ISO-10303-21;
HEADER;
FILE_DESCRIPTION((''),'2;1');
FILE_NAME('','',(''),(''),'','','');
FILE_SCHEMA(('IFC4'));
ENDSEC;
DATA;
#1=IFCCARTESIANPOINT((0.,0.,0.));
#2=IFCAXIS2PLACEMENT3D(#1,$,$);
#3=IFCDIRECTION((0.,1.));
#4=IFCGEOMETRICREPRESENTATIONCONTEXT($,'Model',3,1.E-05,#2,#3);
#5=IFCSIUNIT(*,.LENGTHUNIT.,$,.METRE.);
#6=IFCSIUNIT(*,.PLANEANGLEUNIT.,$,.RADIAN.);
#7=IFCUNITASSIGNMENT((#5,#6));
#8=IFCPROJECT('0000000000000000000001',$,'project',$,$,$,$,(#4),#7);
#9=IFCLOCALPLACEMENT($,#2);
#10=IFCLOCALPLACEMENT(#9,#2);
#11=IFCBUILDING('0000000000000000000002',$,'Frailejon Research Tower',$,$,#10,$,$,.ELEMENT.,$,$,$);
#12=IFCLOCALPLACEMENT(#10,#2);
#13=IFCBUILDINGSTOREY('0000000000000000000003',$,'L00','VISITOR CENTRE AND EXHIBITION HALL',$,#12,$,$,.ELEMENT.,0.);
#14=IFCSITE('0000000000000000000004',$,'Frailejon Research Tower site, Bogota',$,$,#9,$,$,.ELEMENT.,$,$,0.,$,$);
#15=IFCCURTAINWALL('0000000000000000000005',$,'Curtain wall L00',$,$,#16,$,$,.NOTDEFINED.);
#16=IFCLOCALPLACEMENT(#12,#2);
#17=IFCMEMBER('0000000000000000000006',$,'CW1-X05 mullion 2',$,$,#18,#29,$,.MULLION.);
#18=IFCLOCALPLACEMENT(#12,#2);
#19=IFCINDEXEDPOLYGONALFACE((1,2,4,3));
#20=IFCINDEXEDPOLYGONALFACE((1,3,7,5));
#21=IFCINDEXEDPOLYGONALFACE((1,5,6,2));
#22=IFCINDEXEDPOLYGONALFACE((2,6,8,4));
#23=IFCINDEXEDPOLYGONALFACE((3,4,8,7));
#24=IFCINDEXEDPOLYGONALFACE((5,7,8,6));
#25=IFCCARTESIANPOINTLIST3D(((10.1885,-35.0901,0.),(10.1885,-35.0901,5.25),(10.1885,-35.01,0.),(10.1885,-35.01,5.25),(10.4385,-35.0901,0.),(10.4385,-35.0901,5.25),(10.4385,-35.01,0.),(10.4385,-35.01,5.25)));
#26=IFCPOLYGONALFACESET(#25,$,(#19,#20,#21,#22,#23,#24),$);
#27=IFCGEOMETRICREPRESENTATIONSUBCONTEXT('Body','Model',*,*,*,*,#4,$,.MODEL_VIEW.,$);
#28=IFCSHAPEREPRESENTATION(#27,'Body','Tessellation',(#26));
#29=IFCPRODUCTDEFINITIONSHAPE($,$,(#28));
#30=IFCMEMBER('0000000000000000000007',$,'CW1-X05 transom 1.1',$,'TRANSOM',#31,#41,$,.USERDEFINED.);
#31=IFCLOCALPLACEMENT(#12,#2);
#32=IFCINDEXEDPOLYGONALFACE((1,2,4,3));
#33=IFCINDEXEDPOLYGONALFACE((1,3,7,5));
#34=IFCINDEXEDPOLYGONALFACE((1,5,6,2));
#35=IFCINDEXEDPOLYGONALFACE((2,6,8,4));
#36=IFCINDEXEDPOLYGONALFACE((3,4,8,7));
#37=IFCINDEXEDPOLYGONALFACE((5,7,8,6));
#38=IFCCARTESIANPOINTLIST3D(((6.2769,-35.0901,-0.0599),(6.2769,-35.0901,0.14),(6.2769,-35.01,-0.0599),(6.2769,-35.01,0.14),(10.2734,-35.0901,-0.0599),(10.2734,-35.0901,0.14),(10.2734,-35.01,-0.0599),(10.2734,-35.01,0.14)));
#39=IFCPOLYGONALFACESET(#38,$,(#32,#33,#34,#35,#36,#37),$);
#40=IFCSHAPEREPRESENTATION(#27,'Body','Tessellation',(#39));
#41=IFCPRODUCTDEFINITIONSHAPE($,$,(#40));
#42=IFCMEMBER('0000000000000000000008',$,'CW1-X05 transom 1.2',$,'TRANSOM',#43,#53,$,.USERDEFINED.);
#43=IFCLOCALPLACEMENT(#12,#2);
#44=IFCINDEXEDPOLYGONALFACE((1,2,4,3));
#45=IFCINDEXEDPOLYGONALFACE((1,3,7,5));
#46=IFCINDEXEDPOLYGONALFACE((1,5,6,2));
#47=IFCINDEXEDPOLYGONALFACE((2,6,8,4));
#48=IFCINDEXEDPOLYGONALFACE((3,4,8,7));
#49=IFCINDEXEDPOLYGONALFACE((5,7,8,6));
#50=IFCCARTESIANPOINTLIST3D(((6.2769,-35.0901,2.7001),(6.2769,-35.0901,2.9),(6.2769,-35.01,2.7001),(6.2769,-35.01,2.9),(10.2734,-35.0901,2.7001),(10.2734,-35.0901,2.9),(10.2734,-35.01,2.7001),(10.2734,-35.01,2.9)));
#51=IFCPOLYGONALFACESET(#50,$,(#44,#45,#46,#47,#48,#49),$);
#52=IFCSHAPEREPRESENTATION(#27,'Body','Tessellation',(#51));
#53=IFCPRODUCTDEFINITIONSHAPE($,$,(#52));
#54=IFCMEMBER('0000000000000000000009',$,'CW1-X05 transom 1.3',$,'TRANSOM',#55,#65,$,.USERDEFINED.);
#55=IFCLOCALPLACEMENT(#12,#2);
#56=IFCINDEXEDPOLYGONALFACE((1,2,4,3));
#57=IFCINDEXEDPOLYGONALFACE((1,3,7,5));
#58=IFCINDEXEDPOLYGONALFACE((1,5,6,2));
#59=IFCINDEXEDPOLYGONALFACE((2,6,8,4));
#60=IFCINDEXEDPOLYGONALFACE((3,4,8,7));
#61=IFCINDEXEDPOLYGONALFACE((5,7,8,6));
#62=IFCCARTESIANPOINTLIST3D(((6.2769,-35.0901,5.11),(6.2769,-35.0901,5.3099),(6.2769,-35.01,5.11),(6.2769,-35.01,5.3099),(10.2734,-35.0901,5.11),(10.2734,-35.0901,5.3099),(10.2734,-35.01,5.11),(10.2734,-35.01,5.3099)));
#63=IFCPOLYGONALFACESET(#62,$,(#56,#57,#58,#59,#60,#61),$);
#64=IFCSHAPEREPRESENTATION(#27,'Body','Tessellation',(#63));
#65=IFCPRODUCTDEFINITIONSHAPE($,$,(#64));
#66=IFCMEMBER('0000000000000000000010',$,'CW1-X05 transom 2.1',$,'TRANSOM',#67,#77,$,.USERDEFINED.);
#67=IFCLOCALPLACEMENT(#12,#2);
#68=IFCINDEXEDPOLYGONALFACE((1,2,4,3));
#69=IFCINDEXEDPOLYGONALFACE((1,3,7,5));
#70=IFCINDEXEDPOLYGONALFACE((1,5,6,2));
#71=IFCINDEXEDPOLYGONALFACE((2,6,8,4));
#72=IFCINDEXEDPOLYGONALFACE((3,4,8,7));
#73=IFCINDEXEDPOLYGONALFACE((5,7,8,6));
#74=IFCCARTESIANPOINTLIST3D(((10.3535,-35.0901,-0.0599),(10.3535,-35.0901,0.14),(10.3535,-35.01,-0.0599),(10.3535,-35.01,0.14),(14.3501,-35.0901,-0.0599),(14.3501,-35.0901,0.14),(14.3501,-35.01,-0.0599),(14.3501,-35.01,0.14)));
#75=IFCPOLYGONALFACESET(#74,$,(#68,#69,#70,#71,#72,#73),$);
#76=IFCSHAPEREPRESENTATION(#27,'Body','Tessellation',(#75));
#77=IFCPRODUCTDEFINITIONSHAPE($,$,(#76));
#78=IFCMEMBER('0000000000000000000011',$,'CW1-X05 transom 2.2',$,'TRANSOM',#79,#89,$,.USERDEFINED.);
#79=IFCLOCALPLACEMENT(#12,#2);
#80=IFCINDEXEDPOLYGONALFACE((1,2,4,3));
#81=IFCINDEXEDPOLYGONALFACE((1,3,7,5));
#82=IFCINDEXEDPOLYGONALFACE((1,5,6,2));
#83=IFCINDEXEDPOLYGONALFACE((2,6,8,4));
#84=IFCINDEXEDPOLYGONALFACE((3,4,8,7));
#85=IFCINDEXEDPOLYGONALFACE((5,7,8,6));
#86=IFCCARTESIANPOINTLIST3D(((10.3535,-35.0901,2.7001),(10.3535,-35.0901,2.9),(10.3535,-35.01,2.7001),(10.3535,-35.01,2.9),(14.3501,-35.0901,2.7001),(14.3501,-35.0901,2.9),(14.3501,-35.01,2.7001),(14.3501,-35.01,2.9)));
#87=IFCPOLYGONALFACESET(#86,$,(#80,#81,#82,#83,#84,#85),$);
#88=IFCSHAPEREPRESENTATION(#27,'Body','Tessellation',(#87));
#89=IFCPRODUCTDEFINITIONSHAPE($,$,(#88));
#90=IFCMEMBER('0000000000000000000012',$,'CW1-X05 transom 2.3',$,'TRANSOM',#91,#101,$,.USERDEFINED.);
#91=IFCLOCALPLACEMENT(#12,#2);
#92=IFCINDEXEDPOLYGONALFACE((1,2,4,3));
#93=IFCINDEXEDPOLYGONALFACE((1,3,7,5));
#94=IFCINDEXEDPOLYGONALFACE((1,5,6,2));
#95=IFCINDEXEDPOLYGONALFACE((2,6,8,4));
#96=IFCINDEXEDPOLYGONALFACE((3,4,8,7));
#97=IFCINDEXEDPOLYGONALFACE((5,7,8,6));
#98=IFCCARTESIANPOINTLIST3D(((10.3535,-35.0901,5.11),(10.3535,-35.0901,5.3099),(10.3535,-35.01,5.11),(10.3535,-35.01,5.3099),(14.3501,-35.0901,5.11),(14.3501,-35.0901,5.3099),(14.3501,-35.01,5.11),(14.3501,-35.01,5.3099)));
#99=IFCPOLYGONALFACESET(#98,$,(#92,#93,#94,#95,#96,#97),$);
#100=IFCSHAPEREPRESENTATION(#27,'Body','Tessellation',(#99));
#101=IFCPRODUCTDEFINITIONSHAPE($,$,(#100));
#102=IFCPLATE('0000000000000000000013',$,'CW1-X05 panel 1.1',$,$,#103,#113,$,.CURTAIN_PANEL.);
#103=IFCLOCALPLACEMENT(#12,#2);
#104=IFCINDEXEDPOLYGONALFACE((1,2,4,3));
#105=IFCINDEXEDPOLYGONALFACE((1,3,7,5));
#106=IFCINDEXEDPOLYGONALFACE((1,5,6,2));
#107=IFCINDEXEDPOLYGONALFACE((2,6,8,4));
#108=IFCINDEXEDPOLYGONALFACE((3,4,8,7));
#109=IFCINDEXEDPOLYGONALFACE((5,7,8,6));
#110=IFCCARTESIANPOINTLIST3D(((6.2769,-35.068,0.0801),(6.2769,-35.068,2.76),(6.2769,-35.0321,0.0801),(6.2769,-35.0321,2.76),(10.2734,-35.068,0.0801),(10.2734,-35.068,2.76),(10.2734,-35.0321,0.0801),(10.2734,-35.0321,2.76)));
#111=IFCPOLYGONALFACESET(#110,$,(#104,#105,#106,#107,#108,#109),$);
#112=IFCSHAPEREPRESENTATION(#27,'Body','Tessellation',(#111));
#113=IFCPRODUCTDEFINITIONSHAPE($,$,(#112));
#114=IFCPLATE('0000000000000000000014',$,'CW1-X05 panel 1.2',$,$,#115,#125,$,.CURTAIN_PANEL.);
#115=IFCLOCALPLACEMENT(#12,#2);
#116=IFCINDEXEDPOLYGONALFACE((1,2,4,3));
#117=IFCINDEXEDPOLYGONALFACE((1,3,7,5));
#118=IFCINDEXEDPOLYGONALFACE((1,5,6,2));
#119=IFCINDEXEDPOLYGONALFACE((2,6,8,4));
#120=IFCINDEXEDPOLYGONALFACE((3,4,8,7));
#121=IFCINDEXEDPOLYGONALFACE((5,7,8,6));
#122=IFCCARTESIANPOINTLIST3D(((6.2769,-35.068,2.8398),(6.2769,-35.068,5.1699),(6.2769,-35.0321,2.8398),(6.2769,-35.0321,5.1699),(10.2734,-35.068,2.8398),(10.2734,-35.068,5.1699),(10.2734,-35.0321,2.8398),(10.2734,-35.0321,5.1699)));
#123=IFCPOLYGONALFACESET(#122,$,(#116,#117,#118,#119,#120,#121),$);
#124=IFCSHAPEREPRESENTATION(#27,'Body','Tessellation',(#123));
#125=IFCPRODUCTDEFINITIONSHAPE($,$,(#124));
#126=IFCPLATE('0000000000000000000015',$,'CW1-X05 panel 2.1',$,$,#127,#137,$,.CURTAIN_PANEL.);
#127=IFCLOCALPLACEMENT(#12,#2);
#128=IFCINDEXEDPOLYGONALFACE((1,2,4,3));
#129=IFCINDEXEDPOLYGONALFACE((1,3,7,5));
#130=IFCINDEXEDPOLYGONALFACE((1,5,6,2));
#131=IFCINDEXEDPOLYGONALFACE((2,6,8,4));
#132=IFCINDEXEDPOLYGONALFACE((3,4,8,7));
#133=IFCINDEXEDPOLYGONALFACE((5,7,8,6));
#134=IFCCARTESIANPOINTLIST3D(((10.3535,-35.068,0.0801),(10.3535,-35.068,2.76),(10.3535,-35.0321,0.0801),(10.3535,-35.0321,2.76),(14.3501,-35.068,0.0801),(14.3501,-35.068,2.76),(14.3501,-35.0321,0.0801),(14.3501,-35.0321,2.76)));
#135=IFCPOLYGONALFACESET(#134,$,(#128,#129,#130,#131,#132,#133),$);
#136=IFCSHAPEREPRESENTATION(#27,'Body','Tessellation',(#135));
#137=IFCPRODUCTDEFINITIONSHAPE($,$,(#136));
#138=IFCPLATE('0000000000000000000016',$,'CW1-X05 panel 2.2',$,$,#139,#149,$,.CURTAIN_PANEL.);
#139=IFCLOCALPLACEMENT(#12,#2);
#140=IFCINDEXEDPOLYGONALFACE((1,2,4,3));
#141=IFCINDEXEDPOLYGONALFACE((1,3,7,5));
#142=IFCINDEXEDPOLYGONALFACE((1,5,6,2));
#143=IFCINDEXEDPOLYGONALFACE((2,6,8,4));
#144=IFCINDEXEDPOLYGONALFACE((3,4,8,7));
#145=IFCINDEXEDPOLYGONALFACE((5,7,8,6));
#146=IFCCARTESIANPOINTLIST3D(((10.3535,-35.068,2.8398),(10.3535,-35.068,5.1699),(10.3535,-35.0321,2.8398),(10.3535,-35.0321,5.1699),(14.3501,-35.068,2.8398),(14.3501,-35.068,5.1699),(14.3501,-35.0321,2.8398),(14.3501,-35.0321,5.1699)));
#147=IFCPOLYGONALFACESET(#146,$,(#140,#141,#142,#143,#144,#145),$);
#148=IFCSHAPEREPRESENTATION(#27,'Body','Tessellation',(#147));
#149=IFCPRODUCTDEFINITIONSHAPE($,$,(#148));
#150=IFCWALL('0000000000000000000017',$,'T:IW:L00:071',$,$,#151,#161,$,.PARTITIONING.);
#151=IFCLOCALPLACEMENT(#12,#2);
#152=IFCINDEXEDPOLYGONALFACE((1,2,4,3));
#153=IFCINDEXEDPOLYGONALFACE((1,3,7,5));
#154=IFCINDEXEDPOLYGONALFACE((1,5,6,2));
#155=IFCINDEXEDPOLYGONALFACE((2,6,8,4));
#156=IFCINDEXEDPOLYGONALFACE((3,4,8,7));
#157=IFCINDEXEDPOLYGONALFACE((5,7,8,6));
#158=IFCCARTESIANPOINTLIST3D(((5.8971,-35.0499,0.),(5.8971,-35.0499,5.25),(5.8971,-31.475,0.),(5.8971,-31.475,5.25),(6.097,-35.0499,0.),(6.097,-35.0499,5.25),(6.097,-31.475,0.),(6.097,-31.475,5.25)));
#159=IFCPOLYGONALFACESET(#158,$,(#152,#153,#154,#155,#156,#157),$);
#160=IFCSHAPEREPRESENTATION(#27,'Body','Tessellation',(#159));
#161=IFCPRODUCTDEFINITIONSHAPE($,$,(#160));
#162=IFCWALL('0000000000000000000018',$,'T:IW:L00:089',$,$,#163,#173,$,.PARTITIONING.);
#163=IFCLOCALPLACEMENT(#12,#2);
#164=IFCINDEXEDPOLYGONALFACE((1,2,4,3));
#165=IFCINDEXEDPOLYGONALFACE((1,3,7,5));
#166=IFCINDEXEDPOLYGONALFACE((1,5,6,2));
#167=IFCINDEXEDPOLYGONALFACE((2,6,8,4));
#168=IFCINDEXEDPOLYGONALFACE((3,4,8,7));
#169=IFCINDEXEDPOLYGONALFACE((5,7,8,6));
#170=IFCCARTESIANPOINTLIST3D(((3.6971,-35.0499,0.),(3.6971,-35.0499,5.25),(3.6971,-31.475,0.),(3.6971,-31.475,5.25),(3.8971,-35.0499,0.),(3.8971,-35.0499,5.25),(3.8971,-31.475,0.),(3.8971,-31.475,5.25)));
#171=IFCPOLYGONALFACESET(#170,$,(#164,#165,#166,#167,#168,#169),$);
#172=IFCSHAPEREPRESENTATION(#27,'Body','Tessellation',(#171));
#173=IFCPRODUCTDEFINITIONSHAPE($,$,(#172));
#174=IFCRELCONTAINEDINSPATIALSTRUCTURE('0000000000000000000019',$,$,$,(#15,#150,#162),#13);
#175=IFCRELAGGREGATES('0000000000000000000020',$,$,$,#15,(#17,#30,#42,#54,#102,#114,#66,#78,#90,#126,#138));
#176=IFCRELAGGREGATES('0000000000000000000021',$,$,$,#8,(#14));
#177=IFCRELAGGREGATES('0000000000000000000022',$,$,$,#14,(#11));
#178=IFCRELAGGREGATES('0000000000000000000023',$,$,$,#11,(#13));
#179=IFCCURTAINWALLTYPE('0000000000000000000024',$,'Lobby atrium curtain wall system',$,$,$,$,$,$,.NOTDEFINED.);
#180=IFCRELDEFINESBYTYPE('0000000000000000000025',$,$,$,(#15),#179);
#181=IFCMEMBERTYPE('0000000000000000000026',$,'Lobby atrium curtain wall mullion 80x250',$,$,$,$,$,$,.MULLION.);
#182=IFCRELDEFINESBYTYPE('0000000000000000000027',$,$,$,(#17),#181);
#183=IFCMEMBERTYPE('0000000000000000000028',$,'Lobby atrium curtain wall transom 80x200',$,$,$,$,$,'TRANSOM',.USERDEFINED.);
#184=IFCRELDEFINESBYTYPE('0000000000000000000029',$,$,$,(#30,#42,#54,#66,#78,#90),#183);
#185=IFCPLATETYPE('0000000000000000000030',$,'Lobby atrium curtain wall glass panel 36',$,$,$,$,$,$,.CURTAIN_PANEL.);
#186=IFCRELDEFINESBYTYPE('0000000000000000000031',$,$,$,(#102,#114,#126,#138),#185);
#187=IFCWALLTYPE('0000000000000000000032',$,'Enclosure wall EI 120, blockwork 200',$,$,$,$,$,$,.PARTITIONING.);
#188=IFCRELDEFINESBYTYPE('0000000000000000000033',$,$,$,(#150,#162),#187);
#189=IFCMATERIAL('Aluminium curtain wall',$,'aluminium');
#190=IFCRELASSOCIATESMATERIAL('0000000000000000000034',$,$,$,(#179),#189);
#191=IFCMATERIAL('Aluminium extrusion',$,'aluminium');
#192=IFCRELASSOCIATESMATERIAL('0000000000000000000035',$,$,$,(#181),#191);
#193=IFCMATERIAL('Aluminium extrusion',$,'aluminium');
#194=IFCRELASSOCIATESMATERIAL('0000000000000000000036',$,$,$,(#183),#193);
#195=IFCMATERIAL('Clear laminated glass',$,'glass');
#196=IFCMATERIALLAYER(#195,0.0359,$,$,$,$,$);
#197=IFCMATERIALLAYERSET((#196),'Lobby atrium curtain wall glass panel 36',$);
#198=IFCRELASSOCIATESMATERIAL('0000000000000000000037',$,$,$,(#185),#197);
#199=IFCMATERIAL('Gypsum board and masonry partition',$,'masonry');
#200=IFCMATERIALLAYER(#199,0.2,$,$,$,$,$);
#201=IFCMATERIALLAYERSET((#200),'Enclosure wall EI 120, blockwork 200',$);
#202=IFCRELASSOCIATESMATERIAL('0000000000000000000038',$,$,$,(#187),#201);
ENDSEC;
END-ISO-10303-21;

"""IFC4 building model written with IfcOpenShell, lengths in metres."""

from ifc_helpers import new_model, si_unit, direction, frame, frame_2d, origin, origin_2d, place, context, subcontext, project, spatial, rectangle, extrude, material, layer, layer_set, material_profile, profile_set, type_object, element, aggregate, save


model = new_model("IFC4")

# Units and contexts
model_context = context("Model", 3, precision=1e-05, world=origin(), true_north=direction((0.0, 1.0)))
body_context = subcontext(model_context, "Body", "Model", "MODEL_VIEW")
ifc_project = project(units=[si_unit("LENGTHUNIT", "METRE"), si_unit("PLANEANGLEUNIT", "RADIAN")], contexts=[model_context])

# Site, building, storey
site_placement = place(None, origin())
site = spatial("IfcSite", under=ifc_project, at=site_placement, Name="Frailejon Research Tower site, Bogota", CompositionType="ELEMENT", RefElevation=0.0)
building_placement = place(site_placement, origin())
building = spatial("IfcBuilding", under=site, at=building_placement, Name="Frailejon Research Tower", CompositionType="ELEMENT")
storey_placement = place(building_placement, origin())
storey = spatial("IfcBuildingStorey", under=building, at=storey_placement, Name="L00", Description="VISITOR CENTRE AND EXHIBITION HALL", CompositionType="ELEMENT", Elevation=0.0)

# Shared definitions
ifc_material_1 = material(Name="Aluminium curtain wall", Category="aluminium")
curtain_wall_type = type_object("IfcCurtainWallType", Name="Lobby atrium curtain wall system", PredefinedType="NOTDEFINED", material=ifc_material_1)
ifc_material_2 = material(Name="Aluminium extrusion", Category="aluminium")
ifc_material_profile_1 = material_profile(ifc_material_2, rectangle(XDim=0.0801, YDim=0.25, at=origin_2d()), Name="Lobby atrium curtain wall mullion 80x250")
ifc_profile_set_1 = profile_set([ifc_material_profile_1], Name="Aluminium extrusion")
member_type_1 = type_object("IfcMemberType", Name="Lobby atrium curtain wall mullion 80x250", PredefinedType="MULLION", material=ifc_profile_set_1)

# Curtain wall, members, plates
curtain_wall_1_placement = place(storey_placement, origin())
curtain_wall_1 = element("IfcCurtainWall", 1, at=curtain_wall_1_placement, inside=storey, type_object=curtain_wall_type, Name="Curtain wall L00", PredefinedType="NOTDEFINED")
member_1_placement = place(storey_placement, frame((10.3135, -35.05, 0.0), z_axis=(0.0, 0.0, 1.0), x_axis=(0.0, 1.0, 0.0)))
member_1 = element("IfcMember", 2, at=member_1_placement, type_object=member_type_1, Name="CW1-X05 mullion 2", PredefinedType="MULLION", context=body_context, shape_type="SweptSolid", body=[
    extrude(rectangle(XDim=0.0801, YDim=0.25, at=origin_2d()), origin(), (0.0, 0.0, 1.0), 5.25),
])
ifc_material_3 = material(Name="Aluminium extrusion", Category="aluminium")
ifc_material_profile_2 = material_profile(ifc_material_3, rectangle(XDim=0.0801, YDim=0.2, at=origin_2d()), Name="Lobby atrium curtain wall transom 80x200")
ifc_profile_set_2 = profile_set([ifc_material_profile_2], Name="Aluminium extrusion")
member_type_2 = type_object("IfcMemberType", Name="Lobby atrium curtain wall transom 80x200", ElementType="TRANSOM", PredefinedType="USERDEFINED", material=ifc_profile_set_2)
member_2_placement = place(storey_placement, frame((6.2769, -35.05, 0.04), z_axis=(1.0, 0.0, 0.0), x_axis=(0.0, 1.0, 0.0)))
member_2 = element("IfcMember", 3, at=member_2_placement, type_object=member_type_2, Name="CW1-X05 transom 1.1", ObjectType="TRANSOM", PredefinedType="USERDEFINED", context=body_context, shape_type="SweptSolid", body=[
    extrude(rectangle(XDim=0.0801, YDim=0.2, at=origin_2d()), origin(), (0.0, 0.0, 1.0), 3.9966),
])
member_3_placement = place(storey_placement, frame((6.2769, -35.05, 2.8), z_axis=(1.0, 0.0, 0.0), x_axis=(0.0, 1.0, 0.0)))
member_3 = element("IfcMember", 4, at=member_3_placement, type_object=member_type_2, Name="CW1-X05 transom 1.2", ObjectType="TRANSOM", PredefinedType="USERDEFINED", context=body_context, shape_type="SweptSolid", body=[
    extrude(rectangle(XDim=0.0801, YDim=0.2, at=origin_2d()), origin(), (0.0, 0.0, 1.0), 3.9966),
])
member_4_placement = place(storey_placement, frame((6.2769, -35.05, 5.21), z_axis=(1.0, 0.0, 0.0), x_axis=(0.0, 1.0, 0.0)))
member_4 = element("IfcMember", 5, at=member_4_placement, type_object=member_type_2, Name="CW1-X05 transom 1.3", ObjectType="TRANSOM", PredefinedType="USERDEFINED", context=body_context, shape_type="SweptSolid", body=[
    extrude(rectangle(XDim=0.0801, YDim=0.2, at=origin_2d()), origin(), (0.0, 0.0, 1.0), 3.9966),
])
member_5_placement = place(storey_placement, frame((10.3535, -35.05, 0.04), z_axis=(1.0, 0.0, 0.0), x_axis=(0.0, 1.0, 0.0)))
member_5 = element("IfcMember", 6, at=member_5_placement, type_object=member_type_2, Name="CW1-X05 transom 2.1", ObjectType="TRANSOM", PredefinedType="USERDEFINED", context=body_context, shape_type="SweptSolid", body=[
    extrude(rectangle(XDim=0.0801, YDim=0.2, at=origin_2d()), origin(), (0.0, 0.0, 1.0), 3.9966),
])
member_6_placement = place(storey_placement, frame((10.3535, -35.05, 2.8), z_axis=(1.0, 0.0, 0.0), x_axis=(0.0, 1.0, 0.0)))
member_6 = element("IfcMember", 7, at=member_6_placement, type_object=member_type_2, Name="CW1-X05 transom 2.2", ObjectType="TRANSOM", PredefinedType="USERDEFINED", context=body_context, shape_type="SweptSolid", body=[
    extrude(rectangle(XDim=0.0801, YDim=0.2, at=origin_2d()), origin(), (0.0, 0.0, 1.0), 3.9966),
])
member_7_placement = place(storey_placement, frame((10.3535, -35.05, 5.21), z_axis=(1.0, 0.0, 0.0), x_axis=(0.0, 1.0, 0.0)))
member_7 = element("IfcMember", 8, at=member_7_placement, type_object=member_type_2, Name="CW1-X05 transom 2.3", ObjectType="TRANSOM", PredefinedType="USERDEFINED", context=body_context, shape_type="SweptSolid", body=[
    extrude(rectangle(XDim=0.0801, YDim=0.2, at=origin_2d()), origin(), (0.0, 0.0, 1.0), 3.9966),
])
ifc_material_4 = material(Name="Clear laminated glass", Category="glass")
ifc_layer_1 = layer(ifc_material_4, 0.0359)
ifc_layer_set_1 = layer_set([ifc_layer_1], Name="Lobby atrium curtain wall glass panel 36")
plate_type = type_object("IfcPlateType", Name="Lobby atrium curtain wall glass panel 36", PredefinedType="CURTAIN_PANEL", material=ifc_layer_set_1)
plate_1_placement = place(storey_placement, frame((8.2751, -35.05, 0.0801), z_axis=(0.0, 0.0, 1.0), x_axis=(1.0, 0.0, 0.0)))
plate_1 = element("IfcPlate", 9, at=plate_1_placement, type_object=plate_type, Name="CW1-X05 panel 1.1", PredefinedType="CURTAIN_PANEL", context=body_context, shape_type="SweptSolid", body=[
    extrude(rectangle(XDim=3.9966, YDim=0.0359, at=origin_2d()), origin(), (0.0, 0.0, 1.0), 2.6799),
])
plate_2_placement = place(storey_placement, frame((8.2751, -35.05, 2.8398), z_axis=(0.0, 0.0, 1.0), x_axis=(1.0, 0.0, 0.0)))
plate_2 = element("IfcPlate", 10, at=plate_2_placement, type_object=plate_type, Name="CW1-X05 panel 1.2", PredefinedType="CURTAIN_PANEL", context=body_context, shape_type="SweptSolid", body=[
    extrude(rectangle(XDim=3.9966, YDim=0.0359, at=origin_2d()), origin(), (0.0, 0.0, 1.0), 2.3301),
])
plate_3_placement = place(storey_placement, frame((12.3518, -35.05, 0.0801), z_axis=(0.0, 0.0, 1.0), x_axis=(1.0, 0.0, 0.0)))
plate_3 = element("IfcPlate", 11, at=plate_3_placement, type_object=plate_type, Name="CW1-X05 panel 2.1", PredefinedType="CURTAIN_PANEL", context=body_context, shape_type="SweptSolid", body=[
    extrude(rectangle(XDim=3.9966, YDim=0.0359, at=origin_2d()), origin(), (0.0, 0.0, 1.0), 2.6799),
])
plate_4_placement = place(storey_placement, frame((12.3518, -35.05, 2.8398), z_axis=(0.0, 0.0, 1.0), x_axis=(1.0, 0.0, 0.0)))
plate_4 = element("IfcPlate", 12, at=plate_4_placement, type_object=plate_type, Name="CW1-X05 panel 2.2", PredefinedType="CURTAIN_PANEL", context=body_context, shape_type="SweptSolid", body=[
    extrude(rectangle(XDim=3.9966, YDim=0.0359, at=origin_2d()), origin(), (0.0, 0.0, 1.0), 2.3301),
])
aggregate(curtain_wall_1, [member_1, member_2, member_3, member_4, plate_1, plate_2, member_5, member_6, member_7, plate_3, plate_4])

# Walls
ifc_material_5 = material(Name="Gypsum board and masonry partition", Category="masonry")
ifc_layer_2 = layer(ifc_material_5, 0.2)
ifc_layer_set_2 = layer_set([ifc_layer_2], Name="Enclosure wall EI 120, blockwork 200")
wall_type_1 = type_object("IfcWallType", Name="Enclosure wall EI 120, blockwork 200", PredefinedType="PARTITIONING", material=ifc_layer_set_2)
for number, where, z_axis, x_axis, name in (
    (13, (5.9971, -35.05, 0.0), (0.0, 0.0, 1.0), (0.0, 1.0, 0.0), "T:IW:L00:071"),
    (14, (3.7971, -35.05, 0.0), (0.0, 0.0, 1.0), (0.0, 1.0, 0.0), "T:IW:L00:089"),
):
    element("IfcWall", number, at=place(storey_placement, frame(where, z_axis=z_axis, x_axis=x_axis)), inside=storey, type_object=wall_type_1, Name=name, PredefinedType="PARTITIONING", context=body_context, shape_type="SweptSolid", body=[
        extrude(rectangle(XDim=3.575, YDim=0.2, at=frame_2d((1.7876, 0.0))), origin(), (0.0, 0.0, 1.0), 5.25),
    ])

save(model, "model.ifc")
